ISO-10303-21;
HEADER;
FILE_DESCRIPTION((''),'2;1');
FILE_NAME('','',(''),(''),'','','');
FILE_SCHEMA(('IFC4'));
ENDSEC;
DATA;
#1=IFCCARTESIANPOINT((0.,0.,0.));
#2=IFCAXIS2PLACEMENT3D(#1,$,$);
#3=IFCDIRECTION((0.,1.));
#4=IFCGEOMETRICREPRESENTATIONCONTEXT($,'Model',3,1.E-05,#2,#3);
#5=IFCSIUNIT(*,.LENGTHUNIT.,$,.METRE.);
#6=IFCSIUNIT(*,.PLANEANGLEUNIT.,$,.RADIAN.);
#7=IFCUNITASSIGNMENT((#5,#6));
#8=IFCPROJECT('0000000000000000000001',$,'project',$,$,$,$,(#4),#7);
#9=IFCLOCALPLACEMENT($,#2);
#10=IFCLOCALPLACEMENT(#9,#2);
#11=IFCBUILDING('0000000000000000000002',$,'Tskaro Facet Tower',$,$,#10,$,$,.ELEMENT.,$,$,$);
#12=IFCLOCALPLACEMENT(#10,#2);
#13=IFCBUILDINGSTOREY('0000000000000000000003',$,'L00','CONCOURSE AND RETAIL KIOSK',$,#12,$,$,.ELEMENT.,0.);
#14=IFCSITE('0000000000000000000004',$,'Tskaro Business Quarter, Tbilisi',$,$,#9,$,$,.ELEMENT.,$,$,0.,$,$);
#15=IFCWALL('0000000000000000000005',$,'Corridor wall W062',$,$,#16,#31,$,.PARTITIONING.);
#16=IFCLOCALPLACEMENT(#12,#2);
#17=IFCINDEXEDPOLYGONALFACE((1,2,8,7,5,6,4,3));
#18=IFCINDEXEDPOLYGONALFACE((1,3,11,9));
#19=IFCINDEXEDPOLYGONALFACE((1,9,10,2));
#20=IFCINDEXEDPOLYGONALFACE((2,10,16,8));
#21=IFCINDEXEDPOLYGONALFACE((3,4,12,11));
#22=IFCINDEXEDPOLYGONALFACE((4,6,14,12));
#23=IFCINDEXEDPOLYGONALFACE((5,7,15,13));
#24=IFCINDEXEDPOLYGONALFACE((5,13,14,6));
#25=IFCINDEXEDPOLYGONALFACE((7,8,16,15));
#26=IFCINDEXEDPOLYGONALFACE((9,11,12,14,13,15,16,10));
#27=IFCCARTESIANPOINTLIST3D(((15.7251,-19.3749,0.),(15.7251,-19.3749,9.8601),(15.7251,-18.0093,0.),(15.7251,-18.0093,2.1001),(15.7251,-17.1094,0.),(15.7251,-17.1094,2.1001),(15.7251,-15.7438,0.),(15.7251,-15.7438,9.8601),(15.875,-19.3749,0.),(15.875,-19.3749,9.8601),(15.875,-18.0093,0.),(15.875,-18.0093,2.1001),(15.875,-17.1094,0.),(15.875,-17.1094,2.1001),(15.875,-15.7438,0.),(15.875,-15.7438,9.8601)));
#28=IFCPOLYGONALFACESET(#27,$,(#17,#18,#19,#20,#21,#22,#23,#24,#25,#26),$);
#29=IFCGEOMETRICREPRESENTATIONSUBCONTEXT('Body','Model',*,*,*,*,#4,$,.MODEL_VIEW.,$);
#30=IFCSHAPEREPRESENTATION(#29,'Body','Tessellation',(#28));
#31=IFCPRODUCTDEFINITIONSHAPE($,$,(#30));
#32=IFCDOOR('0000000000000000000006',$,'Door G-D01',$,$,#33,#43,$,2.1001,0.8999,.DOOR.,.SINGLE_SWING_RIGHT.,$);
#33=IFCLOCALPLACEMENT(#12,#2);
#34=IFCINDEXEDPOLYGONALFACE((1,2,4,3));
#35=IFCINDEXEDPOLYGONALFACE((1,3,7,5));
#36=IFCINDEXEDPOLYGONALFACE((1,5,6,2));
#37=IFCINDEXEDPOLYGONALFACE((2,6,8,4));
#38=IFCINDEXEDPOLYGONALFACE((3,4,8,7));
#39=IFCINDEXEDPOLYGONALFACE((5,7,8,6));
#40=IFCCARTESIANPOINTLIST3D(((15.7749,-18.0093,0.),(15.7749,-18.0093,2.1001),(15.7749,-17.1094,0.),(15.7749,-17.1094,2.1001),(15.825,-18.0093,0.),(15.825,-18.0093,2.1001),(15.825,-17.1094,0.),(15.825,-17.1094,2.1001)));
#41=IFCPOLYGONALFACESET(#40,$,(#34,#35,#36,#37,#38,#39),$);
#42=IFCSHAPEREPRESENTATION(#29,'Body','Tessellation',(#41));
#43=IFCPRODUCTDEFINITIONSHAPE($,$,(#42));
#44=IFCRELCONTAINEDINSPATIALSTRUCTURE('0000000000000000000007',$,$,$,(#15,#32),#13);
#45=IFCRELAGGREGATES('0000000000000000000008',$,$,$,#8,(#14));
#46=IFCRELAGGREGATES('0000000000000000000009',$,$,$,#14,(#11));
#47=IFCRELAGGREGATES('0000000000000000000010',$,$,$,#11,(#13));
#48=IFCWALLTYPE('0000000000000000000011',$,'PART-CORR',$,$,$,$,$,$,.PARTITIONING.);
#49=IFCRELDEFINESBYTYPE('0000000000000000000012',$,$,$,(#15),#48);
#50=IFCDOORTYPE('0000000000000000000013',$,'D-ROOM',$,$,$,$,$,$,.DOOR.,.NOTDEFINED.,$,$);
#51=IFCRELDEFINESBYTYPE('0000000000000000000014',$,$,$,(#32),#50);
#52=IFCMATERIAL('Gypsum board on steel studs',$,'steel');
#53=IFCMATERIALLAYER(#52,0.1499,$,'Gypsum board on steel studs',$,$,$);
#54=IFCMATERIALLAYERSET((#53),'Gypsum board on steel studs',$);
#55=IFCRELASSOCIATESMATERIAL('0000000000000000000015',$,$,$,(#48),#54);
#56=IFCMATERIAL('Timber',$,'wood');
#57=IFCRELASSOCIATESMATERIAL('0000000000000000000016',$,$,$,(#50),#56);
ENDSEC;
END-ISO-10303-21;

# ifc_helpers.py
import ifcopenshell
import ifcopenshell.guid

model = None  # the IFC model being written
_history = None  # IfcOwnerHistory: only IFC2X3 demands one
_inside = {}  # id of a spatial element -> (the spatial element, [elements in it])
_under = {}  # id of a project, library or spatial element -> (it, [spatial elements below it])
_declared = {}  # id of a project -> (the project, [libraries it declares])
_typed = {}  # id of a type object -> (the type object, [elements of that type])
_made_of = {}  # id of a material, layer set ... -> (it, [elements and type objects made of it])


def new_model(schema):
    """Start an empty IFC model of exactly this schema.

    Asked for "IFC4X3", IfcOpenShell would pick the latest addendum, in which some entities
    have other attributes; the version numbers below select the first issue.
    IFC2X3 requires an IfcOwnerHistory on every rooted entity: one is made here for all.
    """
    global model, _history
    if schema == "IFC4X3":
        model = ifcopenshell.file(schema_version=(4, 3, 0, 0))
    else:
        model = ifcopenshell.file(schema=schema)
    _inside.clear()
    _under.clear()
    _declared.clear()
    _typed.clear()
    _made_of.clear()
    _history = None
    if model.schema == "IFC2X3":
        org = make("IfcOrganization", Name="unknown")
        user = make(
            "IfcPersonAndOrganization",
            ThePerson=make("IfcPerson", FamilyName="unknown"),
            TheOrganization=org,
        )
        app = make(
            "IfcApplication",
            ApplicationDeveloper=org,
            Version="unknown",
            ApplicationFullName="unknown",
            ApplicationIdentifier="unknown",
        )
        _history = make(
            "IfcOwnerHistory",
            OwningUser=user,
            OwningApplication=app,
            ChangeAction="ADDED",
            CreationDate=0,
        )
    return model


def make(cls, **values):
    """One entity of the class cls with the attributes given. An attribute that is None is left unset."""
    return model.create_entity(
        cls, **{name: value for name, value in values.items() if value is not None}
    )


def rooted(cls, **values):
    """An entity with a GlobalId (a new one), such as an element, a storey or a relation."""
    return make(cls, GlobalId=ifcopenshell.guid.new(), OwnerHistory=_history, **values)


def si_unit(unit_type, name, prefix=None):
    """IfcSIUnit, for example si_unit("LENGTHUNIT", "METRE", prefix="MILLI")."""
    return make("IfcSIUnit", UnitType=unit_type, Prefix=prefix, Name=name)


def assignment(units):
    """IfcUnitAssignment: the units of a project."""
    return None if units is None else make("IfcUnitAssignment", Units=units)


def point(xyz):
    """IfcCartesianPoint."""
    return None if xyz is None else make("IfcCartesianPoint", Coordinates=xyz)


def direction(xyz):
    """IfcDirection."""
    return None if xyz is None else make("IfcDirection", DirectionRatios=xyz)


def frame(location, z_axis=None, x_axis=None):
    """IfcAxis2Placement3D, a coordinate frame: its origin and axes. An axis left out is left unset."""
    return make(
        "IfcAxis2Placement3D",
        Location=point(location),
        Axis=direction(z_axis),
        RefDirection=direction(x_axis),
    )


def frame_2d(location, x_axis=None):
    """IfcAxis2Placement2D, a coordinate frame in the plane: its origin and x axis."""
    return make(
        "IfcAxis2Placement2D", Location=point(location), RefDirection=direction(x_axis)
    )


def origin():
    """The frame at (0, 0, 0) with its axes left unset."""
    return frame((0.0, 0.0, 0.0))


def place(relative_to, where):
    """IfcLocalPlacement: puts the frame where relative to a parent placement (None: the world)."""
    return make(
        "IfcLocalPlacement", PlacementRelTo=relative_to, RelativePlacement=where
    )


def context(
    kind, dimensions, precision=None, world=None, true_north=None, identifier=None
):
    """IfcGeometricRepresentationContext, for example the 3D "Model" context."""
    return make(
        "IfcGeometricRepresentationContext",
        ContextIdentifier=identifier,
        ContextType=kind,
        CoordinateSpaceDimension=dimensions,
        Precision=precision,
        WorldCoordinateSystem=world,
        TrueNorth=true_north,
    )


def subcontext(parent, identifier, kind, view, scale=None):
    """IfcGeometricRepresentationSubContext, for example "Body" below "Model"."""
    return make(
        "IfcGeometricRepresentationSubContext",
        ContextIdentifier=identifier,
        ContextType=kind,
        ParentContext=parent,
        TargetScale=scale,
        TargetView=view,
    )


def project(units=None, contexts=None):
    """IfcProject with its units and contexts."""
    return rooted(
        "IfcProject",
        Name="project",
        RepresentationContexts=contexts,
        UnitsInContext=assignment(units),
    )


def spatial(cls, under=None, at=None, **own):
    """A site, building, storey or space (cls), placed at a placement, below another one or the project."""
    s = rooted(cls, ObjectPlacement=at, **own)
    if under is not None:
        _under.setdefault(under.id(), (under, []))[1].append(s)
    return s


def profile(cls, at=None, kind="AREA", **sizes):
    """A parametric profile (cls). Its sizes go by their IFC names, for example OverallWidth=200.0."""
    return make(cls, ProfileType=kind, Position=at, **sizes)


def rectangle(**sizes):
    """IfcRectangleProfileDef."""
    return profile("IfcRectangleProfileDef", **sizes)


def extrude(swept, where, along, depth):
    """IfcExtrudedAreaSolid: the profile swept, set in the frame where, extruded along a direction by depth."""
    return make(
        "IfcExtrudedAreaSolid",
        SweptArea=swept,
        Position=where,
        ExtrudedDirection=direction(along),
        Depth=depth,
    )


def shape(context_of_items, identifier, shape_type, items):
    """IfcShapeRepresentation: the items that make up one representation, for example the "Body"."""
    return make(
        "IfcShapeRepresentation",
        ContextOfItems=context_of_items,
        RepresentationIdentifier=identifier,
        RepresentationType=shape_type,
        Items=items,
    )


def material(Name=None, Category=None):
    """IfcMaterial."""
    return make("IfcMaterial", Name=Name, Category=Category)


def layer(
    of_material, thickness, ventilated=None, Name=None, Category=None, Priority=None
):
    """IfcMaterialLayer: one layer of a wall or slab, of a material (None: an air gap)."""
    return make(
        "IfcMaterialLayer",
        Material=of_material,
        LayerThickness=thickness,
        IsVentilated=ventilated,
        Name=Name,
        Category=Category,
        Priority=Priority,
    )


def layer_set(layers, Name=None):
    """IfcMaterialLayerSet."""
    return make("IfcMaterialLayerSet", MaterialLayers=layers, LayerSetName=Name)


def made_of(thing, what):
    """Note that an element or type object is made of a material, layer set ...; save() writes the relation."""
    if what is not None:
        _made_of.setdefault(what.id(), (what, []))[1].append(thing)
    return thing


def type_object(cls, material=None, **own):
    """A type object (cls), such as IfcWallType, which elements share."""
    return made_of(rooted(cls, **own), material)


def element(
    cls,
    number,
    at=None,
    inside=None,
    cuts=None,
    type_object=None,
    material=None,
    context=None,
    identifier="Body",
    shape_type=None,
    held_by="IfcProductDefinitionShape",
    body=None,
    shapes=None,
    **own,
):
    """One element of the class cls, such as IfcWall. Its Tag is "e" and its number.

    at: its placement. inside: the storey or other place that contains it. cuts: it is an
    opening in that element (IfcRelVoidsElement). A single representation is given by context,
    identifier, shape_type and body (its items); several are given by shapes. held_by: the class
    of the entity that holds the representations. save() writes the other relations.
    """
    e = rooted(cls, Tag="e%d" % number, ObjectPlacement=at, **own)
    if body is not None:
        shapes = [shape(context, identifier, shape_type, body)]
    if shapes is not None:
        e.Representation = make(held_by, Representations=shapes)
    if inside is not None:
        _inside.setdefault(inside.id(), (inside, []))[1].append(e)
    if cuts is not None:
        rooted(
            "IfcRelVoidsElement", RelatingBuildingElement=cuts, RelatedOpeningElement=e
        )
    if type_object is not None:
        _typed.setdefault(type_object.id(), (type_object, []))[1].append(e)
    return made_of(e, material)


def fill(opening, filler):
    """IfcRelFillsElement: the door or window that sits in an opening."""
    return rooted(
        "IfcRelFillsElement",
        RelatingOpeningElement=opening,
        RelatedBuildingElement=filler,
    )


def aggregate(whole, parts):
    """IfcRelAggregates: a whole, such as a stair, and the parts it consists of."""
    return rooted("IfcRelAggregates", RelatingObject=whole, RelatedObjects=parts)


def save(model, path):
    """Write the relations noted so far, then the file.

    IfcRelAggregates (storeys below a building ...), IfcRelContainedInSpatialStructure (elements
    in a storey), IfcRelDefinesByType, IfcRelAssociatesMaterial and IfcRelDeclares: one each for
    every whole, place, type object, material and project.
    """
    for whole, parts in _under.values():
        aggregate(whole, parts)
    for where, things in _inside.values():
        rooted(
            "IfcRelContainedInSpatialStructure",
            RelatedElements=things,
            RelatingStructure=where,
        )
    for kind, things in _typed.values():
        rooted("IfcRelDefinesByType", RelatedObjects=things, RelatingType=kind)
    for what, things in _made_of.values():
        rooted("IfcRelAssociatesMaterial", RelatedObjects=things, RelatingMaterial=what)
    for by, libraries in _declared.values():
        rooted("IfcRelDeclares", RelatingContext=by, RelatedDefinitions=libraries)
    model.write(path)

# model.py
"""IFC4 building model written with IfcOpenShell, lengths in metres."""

from ifc_helpers import new_model, si_unit, direction, frame, frame_2d, origin, place, context, subcontext, project, spatial, rectangle, extrude, material, layer, layer_set, type_object, element, fill, save


model = new_model("IFC4")

# Units and contexts
model_context = context("Model", 3, precision=1e-05, world=origin(), true_north=direction((0.0, 1.0)))
body_context = subcontext(model_context, "Body", "Model", "MODEL_VIEW")
ifc_project = project(units=[si_unit("LENGTHUNIT", "METRE"), si_unit("PLANEANGLEUNIT", "RADIAN")], contexts=[model_context])

# Site, building, storey
site_placement = place(None, origin())
site = spatial("IfcSite", under=ifc_project, at=site_placement, Name="Tskaro Business Quarter, Tbilisi", CompositionType="ELEMENT", RefElevation=0.0)
building_placement = place(site_placement, origin())
building = spatial("IfcBuilding", under=site, at=building_placement, Name="Tskaro Facet Tower", CompositionType="ELEMENT")
storey_placement = place(building_placement, origin())
storey = spatial("IfcBuildingStorey", under=building, at=storey_placement, Name="L00", Description="CONCOURSE AND RETAIL KIOSK", CompositionType="ELEMENT", Elevation=0.0)

# Wall, opening, door
ifc_material_1 = material(Name="Gypsum board on steel studs", Category="steel")
ifc_layer_1 = layer(ifc_material_1, 0.1499, Name="Gypsum board on steel studs")
ifc_layer_set_1 = layer_set([ifc_layer_1], Name="Gypsum board on steel studs")
wall_type_1 = type_object("IfcWallType", Name="PART-CORR", PredefinedType="PARTITIONING", material=ifc_layer_set_1)
wall_1_placement = place(storey_placement, frame((15.8, -15.7439, 0.0), z_axis=(0.0, 0.0, 1.0), x_axis=(0.0, -1.0, 0.0)))
wall_1 = element("IfcWall", 1, at=wall_1_placement, inside=storey, type_object=wall_type_1, Name="Corridor wall W062", PredefinedType="PARTITIONING", context=body_context, shape_type="SweptSolid", body=[
    extrude(rectangle(XDim=3.6311, YDim=0.1499, at=frame_2d((1.8154, 0.0))), origin(), (0.0, 0.0, 1.0), 9.8601),
])
opening_1_placement = place(wall_1_placement, frame((1.3655, 0.0, 0.0)))
opening_1 = element("IfcOpeningElement", 2, at=opening_1_placement, cuts=wall_1, PredefinedType="OPENING", context=body_context, shape_type="SweptSolid", body=[
    extrude(rectangle(XDim=0.8999, YDim=2.1001, at=frame_2d((0.45, 1.05))), frame((0.0, 0.085, 0.0), z_axis=(0.0, -1.0, 0.0), x_axis=(1.0, 0.0, 0.0)), (0.0, 0.0, 1.0), 0.1699),
])
ifc_material_2 = material(Name="Timber", Category="wood")
door_type_1 = type_object("IfcDoorType", Name="D-ROOM", OperationType="NOTDEFINED", PredefinedType="DOOR", material=ifc_material_2)
door_1_placement = place(opening_1_placement, origin())
door_1 = element("IfcDoor", 3, at=door_1_placement, inside=storey, type_object=door_type_1, Name="Door G-D01", OperationType="SINGLE_SWING_RIGHT", OverallHeight=2.1001, OverallWidth=0.8999, PredefinedType="DOOR", context=body_context, shape_type="SweptSolid", body=[
    extrude(rectangle(XDim=0.8999, YDim=2.1001, at=frame_2d((0.45, 1.05))), frame((0.0, 0.0249, 0.0), z_axis=(0.0, -1.0, 0.0), x_axis=(1.0, 0.0, 0.0)), (0.0, 0.0, 1.0), 0.05),
])
fill(opening_1, door_1)

save(model, "model.ifc")
